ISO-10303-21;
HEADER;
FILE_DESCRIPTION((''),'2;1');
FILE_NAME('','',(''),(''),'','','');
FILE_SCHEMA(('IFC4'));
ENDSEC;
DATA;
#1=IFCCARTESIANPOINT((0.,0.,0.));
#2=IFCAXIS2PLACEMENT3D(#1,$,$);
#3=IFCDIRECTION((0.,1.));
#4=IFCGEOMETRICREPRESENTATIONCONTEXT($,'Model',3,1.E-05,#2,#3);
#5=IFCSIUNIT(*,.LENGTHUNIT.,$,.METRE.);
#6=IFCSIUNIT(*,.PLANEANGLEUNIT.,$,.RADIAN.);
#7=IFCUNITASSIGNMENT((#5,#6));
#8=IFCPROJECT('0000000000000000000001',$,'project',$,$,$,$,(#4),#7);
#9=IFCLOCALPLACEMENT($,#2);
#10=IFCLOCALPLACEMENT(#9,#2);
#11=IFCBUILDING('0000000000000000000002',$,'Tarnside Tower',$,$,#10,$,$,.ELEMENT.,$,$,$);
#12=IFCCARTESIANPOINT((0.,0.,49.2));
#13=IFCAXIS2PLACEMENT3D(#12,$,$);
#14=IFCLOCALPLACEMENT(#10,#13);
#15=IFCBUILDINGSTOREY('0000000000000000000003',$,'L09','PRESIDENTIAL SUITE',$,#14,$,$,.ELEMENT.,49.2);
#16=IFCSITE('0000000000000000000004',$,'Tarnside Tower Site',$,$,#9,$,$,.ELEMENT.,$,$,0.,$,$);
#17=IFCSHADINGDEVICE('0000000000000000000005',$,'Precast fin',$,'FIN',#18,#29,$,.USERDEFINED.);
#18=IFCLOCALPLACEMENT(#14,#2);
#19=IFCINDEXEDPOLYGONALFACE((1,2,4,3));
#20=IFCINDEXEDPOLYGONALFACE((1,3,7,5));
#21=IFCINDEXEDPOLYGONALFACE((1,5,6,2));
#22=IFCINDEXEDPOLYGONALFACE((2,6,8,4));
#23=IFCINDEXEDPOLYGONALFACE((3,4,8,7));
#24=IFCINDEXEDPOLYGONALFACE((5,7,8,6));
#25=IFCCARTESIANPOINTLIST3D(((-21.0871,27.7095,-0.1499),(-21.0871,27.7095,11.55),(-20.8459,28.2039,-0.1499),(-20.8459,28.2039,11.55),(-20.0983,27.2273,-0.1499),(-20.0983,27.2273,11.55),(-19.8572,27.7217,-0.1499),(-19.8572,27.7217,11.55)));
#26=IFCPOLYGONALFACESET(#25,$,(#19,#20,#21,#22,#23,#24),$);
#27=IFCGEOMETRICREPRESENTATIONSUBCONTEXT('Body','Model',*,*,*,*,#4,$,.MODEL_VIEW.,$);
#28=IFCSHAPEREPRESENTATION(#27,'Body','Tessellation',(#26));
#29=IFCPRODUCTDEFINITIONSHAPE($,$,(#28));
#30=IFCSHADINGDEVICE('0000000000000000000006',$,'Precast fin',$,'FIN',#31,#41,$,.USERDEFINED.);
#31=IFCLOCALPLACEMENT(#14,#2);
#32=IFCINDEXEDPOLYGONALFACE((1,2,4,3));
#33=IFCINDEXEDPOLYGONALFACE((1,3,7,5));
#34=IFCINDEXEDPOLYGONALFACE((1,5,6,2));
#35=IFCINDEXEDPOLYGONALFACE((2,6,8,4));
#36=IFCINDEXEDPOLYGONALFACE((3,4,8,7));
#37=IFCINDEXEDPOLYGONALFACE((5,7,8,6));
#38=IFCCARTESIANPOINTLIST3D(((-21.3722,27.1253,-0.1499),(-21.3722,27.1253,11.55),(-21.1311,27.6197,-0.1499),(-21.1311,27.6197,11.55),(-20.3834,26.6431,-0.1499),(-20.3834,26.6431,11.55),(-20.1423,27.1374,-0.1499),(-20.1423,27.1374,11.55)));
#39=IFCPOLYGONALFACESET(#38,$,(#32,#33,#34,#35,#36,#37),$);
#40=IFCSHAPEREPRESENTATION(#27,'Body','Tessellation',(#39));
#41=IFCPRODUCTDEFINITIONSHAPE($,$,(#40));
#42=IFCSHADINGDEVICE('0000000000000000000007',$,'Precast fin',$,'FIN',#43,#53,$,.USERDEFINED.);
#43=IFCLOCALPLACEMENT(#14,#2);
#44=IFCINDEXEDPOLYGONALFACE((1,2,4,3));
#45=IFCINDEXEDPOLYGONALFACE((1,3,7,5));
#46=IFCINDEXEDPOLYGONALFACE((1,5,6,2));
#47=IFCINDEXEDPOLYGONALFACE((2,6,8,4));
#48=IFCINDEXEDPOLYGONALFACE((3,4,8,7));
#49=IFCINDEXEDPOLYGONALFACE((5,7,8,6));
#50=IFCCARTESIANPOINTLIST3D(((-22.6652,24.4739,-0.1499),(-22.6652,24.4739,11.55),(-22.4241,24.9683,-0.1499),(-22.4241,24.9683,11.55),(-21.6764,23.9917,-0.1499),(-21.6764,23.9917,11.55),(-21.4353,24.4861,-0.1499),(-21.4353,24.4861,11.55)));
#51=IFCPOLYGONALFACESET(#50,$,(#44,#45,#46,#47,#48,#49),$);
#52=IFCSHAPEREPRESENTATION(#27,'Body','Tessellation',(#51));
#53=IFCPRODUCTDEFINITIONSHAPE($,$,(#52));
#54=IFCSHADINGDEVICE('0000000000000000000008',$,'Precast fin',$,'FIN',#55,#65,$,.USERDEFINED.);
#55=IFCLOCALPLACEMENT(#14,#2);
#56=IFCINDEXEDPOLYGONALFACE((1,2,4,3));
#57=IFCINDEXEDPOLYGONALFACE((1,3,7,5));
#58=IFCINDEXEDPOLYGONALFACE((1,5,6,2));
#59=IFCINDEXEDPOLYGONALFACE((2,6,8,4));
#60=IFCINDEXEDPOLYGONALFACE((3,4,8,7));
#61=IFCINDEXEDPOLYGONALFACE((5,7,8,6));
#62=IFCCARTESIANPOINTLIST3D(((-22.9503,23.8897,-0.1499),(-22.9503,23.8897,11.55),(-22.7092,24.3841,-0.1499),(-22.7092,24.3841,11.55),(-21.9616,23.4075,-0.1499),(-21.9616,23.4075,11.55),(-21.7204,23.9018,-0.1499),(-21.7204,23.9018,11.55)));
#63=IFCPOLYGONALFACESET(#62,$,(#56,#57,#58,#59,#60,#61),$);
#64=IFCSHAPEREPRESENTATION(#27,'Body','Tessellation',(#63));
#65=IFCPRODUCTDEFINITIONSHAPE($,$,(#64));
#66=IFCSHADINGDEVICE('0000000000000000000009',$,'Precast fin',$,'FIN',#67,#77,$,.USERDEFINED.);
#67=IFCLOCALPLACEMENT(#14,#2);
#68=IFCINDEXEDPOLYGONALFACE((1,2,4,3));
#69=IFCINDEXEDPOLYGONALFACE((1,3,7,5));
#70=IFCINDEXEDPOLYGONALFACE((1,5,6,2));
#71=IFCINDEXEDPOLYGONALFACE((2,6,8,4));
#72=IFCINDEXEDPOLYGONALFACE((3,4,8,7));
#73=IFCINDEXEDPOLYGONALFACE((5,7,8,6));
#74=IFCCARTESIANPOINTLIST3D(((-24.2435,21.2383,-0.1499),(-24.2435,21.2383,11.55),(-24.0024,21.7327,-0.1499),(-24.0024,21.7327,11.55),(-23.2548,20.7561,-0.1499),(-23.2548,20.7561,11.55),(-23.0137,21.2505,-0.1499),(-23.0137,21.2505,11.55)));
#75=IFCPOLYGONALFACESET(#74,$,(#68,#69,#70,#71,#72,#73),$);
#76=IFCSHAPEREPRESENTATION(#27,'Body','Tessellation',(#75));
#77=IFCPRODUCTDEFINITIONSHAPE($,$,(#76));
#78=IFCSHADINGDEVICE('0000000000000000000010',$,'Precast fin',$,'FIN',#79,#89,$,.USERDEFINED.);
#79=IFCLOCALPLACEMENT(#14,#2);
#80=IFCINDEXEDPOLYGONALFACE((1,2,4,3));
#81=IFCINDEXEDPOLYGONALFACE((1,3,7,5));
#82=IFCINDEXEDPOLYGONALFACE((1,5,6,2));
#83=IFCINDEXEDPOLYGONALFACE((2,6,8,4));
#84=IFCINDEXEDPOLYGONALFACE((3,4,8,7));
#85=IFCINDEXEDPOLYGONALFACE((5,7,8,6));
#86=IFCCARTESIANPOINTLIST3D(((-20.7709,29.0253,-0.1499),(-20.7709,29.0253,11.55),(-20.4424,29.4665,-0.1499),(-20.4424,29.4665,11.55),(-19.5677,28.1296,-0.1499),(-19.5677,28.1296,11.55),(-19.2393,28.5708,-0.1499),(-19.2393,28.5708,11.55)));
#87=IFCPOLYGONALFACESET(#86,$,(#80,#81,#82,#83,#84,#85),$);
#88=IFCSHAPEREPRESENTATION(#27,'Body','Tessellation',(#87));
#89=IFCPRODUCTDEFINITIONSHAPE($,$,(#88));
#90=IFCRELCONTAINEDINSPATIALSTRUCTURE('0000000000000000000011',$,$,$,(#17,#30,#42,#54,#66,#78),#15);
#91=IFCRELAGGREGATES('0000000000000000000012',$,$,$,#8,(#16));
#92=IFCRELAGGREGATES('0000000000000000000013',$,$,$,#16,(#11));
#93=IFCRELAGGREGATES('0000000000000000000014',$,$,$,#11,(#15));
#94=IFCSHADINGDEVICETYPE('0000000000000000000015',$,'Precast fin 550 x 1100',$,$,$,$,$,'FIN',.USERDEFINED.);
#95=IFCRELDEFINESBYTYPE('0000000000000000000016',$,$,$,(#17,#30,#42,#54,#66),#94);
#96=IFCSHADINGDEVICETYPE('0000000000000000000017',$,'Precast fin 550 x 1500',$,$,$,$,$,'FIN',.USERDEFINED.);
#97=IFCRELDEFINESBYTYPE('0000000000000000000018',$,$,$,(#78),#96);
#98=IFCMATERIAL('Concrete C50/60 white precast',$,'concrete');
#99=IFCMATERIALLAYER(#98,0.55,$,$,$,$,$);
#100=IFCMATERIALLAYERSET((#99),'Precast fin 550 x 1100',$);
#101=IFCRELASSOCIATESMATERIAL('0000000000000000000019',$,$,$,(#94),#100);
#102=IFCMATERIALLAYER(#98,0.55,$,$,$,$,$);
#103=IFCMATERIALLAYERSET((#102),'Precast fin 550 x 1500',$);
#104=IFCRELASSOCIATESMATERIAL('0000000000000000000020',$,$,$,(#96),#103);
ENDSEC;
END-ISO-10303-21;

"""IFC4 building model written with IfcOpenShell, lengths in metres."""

from ifc_helpers import new_model, si_unit, direction, frame, origin, place, context, subcontext, project, spatial, polyline, outline, extrude, material, layer, layer_set, type_object, element, save


model = new_model("IFC4")

# Units and contexts
model_context = context("Model", 3, precision=1e-05, world=origin(), true_north=direction((0.0, 1.0)))
body_context = subcontext(model_context, "Body", "Model", "MODEL_VIEW")
ifc_project = project(units=[si_unit("LENGTHUNIT", "METRE"), si_unit("PLANEANGLEUNIT", "RADIAN")], contexts=[model_context])

# Site, building, storey
site_placement = place(None, origin())
site = spatial("IfcSite", under=ifc_project, at=site_placement, Name="Tarnside Tower Site", CompositionType="ELEMENT", RefElevation=0.0)
building_placement = place(site_placement, origin())
building = spatial("IfcBuilding", under=site, at=building_placement, Name="Tarnside Tower", CompositionType="ELEMENT")
storey_placement = place(building_placement, frame((0.0, 0.0, 49.2)))
storey = spatial("IfcBuildingStorey", under=building, at=storey_placement, Name="L09", Description="PRESIDENTIAL SUITE", CompositionType="ELEMENT", Elevation=49.2)

# Shading devices
ifc_material_1 = material(Name="Concrete C50/60 white precast", Category="concrete")
ifc_layer_1 = layer(ifc_material_1, 0.55)
ifc_layer_set_1 = layer_set([ifc_layer_1], Name="Precast fin 550 x 1100")
shading_device_type_1 = type_object("IfcShadingDeviceType", Name="Precast fin 550 x 1100", ElementType="FIN", PredefinedType="USERDEFINED", material=ifc_layer_set_1)
for number, where, z_axis, x_axis, name in (
    (1, (-19.9778, 27.4744, -0.1499), (0.438371, 0.898794, 0.0), (-0.898794, 0.438371, 0.0), "Precast fin"),
    (2, (-20.2629, 26.8901, -0.1499), (0.438371, 0.898794, 0.0), (-0.898794, 0.438371, 0.0), "Precast fin"),
    (3, (-21.5559, 24.2388, -0.1499), (0.438371, 0.898794, 0.0), (-0.898794, 0.438371, 0.0), "Precast fin"),
    (4, (-21.8411, 23.6545, -0.1499), (0.438371, 0.898794, 0.0), (-0.898794, 0.438371, 0.0), "Precast fin"),
    (5, (-23.1343, 21.0032, -0.1499), (0.438371, 0.898794, 0.0), (-0.898794, 0.438371, 0.0), "Precast fin"),
):
    element("IfcShadingDevice", number, at=place(storey_placement, frame(where, z_axis=z_axis, x_axis=x_axis)), inside=storey, type_object=shading_device_type_1, Name=name, ObjectType="FIN", PredefinedType="USERDEFINED", context=body_context, shape_type="SweptSolid", body=[
        extrude(outline(polyline([(0.0, 0.0), (1.1001, 0.0), (1.1001, 11.7), (0.0, 11.7), (0.0, 0.0)])), frame((0.0, 0.0, -0.2749)), (0.0, 0.0, 1.0), 0.55),
    ])
ifc_layer_2 = layer(ifc_material_1, 0.55)
ifc_layer_set_2 = layer_set([ifc_layer_2], Name="Precast fin 550 x 1500")
shading_device_type_2 = type_object("IfcShadingDeviceType", Name="Precast fin 550 x 1500", ElementType="FIN", PredefinedType="USERDEFINED", material=ifc_layer_set_2)
shading_device_placement = place(storey_placement, frame((-19.4036, 28.3501, -0.1499), z_axis=(0.597159, 0.802123, 0.0), x_axis=(-0.802123, 0.597159, 0.0)))
element("IfcShadingDevice", 6, at=shading_device_placement, inside=storey, type_object=shading_device_type_2, Name="Precast fin", ObjectType="FIN", PredefinedType="USERDEFINED", context=body_context, shape_type="SweptSolid", body=[
    extrude(outline(polyline([(0.0, 0.0), (1.5, 0.0), (1.5, 11.7), (0.0, 11.7), (0.0, 0.0)])), frame((0.0, 0.0, -0.2749)), (0.0, 0.0, 1.0), 0.55),
])

save(model, "model.ifc")
